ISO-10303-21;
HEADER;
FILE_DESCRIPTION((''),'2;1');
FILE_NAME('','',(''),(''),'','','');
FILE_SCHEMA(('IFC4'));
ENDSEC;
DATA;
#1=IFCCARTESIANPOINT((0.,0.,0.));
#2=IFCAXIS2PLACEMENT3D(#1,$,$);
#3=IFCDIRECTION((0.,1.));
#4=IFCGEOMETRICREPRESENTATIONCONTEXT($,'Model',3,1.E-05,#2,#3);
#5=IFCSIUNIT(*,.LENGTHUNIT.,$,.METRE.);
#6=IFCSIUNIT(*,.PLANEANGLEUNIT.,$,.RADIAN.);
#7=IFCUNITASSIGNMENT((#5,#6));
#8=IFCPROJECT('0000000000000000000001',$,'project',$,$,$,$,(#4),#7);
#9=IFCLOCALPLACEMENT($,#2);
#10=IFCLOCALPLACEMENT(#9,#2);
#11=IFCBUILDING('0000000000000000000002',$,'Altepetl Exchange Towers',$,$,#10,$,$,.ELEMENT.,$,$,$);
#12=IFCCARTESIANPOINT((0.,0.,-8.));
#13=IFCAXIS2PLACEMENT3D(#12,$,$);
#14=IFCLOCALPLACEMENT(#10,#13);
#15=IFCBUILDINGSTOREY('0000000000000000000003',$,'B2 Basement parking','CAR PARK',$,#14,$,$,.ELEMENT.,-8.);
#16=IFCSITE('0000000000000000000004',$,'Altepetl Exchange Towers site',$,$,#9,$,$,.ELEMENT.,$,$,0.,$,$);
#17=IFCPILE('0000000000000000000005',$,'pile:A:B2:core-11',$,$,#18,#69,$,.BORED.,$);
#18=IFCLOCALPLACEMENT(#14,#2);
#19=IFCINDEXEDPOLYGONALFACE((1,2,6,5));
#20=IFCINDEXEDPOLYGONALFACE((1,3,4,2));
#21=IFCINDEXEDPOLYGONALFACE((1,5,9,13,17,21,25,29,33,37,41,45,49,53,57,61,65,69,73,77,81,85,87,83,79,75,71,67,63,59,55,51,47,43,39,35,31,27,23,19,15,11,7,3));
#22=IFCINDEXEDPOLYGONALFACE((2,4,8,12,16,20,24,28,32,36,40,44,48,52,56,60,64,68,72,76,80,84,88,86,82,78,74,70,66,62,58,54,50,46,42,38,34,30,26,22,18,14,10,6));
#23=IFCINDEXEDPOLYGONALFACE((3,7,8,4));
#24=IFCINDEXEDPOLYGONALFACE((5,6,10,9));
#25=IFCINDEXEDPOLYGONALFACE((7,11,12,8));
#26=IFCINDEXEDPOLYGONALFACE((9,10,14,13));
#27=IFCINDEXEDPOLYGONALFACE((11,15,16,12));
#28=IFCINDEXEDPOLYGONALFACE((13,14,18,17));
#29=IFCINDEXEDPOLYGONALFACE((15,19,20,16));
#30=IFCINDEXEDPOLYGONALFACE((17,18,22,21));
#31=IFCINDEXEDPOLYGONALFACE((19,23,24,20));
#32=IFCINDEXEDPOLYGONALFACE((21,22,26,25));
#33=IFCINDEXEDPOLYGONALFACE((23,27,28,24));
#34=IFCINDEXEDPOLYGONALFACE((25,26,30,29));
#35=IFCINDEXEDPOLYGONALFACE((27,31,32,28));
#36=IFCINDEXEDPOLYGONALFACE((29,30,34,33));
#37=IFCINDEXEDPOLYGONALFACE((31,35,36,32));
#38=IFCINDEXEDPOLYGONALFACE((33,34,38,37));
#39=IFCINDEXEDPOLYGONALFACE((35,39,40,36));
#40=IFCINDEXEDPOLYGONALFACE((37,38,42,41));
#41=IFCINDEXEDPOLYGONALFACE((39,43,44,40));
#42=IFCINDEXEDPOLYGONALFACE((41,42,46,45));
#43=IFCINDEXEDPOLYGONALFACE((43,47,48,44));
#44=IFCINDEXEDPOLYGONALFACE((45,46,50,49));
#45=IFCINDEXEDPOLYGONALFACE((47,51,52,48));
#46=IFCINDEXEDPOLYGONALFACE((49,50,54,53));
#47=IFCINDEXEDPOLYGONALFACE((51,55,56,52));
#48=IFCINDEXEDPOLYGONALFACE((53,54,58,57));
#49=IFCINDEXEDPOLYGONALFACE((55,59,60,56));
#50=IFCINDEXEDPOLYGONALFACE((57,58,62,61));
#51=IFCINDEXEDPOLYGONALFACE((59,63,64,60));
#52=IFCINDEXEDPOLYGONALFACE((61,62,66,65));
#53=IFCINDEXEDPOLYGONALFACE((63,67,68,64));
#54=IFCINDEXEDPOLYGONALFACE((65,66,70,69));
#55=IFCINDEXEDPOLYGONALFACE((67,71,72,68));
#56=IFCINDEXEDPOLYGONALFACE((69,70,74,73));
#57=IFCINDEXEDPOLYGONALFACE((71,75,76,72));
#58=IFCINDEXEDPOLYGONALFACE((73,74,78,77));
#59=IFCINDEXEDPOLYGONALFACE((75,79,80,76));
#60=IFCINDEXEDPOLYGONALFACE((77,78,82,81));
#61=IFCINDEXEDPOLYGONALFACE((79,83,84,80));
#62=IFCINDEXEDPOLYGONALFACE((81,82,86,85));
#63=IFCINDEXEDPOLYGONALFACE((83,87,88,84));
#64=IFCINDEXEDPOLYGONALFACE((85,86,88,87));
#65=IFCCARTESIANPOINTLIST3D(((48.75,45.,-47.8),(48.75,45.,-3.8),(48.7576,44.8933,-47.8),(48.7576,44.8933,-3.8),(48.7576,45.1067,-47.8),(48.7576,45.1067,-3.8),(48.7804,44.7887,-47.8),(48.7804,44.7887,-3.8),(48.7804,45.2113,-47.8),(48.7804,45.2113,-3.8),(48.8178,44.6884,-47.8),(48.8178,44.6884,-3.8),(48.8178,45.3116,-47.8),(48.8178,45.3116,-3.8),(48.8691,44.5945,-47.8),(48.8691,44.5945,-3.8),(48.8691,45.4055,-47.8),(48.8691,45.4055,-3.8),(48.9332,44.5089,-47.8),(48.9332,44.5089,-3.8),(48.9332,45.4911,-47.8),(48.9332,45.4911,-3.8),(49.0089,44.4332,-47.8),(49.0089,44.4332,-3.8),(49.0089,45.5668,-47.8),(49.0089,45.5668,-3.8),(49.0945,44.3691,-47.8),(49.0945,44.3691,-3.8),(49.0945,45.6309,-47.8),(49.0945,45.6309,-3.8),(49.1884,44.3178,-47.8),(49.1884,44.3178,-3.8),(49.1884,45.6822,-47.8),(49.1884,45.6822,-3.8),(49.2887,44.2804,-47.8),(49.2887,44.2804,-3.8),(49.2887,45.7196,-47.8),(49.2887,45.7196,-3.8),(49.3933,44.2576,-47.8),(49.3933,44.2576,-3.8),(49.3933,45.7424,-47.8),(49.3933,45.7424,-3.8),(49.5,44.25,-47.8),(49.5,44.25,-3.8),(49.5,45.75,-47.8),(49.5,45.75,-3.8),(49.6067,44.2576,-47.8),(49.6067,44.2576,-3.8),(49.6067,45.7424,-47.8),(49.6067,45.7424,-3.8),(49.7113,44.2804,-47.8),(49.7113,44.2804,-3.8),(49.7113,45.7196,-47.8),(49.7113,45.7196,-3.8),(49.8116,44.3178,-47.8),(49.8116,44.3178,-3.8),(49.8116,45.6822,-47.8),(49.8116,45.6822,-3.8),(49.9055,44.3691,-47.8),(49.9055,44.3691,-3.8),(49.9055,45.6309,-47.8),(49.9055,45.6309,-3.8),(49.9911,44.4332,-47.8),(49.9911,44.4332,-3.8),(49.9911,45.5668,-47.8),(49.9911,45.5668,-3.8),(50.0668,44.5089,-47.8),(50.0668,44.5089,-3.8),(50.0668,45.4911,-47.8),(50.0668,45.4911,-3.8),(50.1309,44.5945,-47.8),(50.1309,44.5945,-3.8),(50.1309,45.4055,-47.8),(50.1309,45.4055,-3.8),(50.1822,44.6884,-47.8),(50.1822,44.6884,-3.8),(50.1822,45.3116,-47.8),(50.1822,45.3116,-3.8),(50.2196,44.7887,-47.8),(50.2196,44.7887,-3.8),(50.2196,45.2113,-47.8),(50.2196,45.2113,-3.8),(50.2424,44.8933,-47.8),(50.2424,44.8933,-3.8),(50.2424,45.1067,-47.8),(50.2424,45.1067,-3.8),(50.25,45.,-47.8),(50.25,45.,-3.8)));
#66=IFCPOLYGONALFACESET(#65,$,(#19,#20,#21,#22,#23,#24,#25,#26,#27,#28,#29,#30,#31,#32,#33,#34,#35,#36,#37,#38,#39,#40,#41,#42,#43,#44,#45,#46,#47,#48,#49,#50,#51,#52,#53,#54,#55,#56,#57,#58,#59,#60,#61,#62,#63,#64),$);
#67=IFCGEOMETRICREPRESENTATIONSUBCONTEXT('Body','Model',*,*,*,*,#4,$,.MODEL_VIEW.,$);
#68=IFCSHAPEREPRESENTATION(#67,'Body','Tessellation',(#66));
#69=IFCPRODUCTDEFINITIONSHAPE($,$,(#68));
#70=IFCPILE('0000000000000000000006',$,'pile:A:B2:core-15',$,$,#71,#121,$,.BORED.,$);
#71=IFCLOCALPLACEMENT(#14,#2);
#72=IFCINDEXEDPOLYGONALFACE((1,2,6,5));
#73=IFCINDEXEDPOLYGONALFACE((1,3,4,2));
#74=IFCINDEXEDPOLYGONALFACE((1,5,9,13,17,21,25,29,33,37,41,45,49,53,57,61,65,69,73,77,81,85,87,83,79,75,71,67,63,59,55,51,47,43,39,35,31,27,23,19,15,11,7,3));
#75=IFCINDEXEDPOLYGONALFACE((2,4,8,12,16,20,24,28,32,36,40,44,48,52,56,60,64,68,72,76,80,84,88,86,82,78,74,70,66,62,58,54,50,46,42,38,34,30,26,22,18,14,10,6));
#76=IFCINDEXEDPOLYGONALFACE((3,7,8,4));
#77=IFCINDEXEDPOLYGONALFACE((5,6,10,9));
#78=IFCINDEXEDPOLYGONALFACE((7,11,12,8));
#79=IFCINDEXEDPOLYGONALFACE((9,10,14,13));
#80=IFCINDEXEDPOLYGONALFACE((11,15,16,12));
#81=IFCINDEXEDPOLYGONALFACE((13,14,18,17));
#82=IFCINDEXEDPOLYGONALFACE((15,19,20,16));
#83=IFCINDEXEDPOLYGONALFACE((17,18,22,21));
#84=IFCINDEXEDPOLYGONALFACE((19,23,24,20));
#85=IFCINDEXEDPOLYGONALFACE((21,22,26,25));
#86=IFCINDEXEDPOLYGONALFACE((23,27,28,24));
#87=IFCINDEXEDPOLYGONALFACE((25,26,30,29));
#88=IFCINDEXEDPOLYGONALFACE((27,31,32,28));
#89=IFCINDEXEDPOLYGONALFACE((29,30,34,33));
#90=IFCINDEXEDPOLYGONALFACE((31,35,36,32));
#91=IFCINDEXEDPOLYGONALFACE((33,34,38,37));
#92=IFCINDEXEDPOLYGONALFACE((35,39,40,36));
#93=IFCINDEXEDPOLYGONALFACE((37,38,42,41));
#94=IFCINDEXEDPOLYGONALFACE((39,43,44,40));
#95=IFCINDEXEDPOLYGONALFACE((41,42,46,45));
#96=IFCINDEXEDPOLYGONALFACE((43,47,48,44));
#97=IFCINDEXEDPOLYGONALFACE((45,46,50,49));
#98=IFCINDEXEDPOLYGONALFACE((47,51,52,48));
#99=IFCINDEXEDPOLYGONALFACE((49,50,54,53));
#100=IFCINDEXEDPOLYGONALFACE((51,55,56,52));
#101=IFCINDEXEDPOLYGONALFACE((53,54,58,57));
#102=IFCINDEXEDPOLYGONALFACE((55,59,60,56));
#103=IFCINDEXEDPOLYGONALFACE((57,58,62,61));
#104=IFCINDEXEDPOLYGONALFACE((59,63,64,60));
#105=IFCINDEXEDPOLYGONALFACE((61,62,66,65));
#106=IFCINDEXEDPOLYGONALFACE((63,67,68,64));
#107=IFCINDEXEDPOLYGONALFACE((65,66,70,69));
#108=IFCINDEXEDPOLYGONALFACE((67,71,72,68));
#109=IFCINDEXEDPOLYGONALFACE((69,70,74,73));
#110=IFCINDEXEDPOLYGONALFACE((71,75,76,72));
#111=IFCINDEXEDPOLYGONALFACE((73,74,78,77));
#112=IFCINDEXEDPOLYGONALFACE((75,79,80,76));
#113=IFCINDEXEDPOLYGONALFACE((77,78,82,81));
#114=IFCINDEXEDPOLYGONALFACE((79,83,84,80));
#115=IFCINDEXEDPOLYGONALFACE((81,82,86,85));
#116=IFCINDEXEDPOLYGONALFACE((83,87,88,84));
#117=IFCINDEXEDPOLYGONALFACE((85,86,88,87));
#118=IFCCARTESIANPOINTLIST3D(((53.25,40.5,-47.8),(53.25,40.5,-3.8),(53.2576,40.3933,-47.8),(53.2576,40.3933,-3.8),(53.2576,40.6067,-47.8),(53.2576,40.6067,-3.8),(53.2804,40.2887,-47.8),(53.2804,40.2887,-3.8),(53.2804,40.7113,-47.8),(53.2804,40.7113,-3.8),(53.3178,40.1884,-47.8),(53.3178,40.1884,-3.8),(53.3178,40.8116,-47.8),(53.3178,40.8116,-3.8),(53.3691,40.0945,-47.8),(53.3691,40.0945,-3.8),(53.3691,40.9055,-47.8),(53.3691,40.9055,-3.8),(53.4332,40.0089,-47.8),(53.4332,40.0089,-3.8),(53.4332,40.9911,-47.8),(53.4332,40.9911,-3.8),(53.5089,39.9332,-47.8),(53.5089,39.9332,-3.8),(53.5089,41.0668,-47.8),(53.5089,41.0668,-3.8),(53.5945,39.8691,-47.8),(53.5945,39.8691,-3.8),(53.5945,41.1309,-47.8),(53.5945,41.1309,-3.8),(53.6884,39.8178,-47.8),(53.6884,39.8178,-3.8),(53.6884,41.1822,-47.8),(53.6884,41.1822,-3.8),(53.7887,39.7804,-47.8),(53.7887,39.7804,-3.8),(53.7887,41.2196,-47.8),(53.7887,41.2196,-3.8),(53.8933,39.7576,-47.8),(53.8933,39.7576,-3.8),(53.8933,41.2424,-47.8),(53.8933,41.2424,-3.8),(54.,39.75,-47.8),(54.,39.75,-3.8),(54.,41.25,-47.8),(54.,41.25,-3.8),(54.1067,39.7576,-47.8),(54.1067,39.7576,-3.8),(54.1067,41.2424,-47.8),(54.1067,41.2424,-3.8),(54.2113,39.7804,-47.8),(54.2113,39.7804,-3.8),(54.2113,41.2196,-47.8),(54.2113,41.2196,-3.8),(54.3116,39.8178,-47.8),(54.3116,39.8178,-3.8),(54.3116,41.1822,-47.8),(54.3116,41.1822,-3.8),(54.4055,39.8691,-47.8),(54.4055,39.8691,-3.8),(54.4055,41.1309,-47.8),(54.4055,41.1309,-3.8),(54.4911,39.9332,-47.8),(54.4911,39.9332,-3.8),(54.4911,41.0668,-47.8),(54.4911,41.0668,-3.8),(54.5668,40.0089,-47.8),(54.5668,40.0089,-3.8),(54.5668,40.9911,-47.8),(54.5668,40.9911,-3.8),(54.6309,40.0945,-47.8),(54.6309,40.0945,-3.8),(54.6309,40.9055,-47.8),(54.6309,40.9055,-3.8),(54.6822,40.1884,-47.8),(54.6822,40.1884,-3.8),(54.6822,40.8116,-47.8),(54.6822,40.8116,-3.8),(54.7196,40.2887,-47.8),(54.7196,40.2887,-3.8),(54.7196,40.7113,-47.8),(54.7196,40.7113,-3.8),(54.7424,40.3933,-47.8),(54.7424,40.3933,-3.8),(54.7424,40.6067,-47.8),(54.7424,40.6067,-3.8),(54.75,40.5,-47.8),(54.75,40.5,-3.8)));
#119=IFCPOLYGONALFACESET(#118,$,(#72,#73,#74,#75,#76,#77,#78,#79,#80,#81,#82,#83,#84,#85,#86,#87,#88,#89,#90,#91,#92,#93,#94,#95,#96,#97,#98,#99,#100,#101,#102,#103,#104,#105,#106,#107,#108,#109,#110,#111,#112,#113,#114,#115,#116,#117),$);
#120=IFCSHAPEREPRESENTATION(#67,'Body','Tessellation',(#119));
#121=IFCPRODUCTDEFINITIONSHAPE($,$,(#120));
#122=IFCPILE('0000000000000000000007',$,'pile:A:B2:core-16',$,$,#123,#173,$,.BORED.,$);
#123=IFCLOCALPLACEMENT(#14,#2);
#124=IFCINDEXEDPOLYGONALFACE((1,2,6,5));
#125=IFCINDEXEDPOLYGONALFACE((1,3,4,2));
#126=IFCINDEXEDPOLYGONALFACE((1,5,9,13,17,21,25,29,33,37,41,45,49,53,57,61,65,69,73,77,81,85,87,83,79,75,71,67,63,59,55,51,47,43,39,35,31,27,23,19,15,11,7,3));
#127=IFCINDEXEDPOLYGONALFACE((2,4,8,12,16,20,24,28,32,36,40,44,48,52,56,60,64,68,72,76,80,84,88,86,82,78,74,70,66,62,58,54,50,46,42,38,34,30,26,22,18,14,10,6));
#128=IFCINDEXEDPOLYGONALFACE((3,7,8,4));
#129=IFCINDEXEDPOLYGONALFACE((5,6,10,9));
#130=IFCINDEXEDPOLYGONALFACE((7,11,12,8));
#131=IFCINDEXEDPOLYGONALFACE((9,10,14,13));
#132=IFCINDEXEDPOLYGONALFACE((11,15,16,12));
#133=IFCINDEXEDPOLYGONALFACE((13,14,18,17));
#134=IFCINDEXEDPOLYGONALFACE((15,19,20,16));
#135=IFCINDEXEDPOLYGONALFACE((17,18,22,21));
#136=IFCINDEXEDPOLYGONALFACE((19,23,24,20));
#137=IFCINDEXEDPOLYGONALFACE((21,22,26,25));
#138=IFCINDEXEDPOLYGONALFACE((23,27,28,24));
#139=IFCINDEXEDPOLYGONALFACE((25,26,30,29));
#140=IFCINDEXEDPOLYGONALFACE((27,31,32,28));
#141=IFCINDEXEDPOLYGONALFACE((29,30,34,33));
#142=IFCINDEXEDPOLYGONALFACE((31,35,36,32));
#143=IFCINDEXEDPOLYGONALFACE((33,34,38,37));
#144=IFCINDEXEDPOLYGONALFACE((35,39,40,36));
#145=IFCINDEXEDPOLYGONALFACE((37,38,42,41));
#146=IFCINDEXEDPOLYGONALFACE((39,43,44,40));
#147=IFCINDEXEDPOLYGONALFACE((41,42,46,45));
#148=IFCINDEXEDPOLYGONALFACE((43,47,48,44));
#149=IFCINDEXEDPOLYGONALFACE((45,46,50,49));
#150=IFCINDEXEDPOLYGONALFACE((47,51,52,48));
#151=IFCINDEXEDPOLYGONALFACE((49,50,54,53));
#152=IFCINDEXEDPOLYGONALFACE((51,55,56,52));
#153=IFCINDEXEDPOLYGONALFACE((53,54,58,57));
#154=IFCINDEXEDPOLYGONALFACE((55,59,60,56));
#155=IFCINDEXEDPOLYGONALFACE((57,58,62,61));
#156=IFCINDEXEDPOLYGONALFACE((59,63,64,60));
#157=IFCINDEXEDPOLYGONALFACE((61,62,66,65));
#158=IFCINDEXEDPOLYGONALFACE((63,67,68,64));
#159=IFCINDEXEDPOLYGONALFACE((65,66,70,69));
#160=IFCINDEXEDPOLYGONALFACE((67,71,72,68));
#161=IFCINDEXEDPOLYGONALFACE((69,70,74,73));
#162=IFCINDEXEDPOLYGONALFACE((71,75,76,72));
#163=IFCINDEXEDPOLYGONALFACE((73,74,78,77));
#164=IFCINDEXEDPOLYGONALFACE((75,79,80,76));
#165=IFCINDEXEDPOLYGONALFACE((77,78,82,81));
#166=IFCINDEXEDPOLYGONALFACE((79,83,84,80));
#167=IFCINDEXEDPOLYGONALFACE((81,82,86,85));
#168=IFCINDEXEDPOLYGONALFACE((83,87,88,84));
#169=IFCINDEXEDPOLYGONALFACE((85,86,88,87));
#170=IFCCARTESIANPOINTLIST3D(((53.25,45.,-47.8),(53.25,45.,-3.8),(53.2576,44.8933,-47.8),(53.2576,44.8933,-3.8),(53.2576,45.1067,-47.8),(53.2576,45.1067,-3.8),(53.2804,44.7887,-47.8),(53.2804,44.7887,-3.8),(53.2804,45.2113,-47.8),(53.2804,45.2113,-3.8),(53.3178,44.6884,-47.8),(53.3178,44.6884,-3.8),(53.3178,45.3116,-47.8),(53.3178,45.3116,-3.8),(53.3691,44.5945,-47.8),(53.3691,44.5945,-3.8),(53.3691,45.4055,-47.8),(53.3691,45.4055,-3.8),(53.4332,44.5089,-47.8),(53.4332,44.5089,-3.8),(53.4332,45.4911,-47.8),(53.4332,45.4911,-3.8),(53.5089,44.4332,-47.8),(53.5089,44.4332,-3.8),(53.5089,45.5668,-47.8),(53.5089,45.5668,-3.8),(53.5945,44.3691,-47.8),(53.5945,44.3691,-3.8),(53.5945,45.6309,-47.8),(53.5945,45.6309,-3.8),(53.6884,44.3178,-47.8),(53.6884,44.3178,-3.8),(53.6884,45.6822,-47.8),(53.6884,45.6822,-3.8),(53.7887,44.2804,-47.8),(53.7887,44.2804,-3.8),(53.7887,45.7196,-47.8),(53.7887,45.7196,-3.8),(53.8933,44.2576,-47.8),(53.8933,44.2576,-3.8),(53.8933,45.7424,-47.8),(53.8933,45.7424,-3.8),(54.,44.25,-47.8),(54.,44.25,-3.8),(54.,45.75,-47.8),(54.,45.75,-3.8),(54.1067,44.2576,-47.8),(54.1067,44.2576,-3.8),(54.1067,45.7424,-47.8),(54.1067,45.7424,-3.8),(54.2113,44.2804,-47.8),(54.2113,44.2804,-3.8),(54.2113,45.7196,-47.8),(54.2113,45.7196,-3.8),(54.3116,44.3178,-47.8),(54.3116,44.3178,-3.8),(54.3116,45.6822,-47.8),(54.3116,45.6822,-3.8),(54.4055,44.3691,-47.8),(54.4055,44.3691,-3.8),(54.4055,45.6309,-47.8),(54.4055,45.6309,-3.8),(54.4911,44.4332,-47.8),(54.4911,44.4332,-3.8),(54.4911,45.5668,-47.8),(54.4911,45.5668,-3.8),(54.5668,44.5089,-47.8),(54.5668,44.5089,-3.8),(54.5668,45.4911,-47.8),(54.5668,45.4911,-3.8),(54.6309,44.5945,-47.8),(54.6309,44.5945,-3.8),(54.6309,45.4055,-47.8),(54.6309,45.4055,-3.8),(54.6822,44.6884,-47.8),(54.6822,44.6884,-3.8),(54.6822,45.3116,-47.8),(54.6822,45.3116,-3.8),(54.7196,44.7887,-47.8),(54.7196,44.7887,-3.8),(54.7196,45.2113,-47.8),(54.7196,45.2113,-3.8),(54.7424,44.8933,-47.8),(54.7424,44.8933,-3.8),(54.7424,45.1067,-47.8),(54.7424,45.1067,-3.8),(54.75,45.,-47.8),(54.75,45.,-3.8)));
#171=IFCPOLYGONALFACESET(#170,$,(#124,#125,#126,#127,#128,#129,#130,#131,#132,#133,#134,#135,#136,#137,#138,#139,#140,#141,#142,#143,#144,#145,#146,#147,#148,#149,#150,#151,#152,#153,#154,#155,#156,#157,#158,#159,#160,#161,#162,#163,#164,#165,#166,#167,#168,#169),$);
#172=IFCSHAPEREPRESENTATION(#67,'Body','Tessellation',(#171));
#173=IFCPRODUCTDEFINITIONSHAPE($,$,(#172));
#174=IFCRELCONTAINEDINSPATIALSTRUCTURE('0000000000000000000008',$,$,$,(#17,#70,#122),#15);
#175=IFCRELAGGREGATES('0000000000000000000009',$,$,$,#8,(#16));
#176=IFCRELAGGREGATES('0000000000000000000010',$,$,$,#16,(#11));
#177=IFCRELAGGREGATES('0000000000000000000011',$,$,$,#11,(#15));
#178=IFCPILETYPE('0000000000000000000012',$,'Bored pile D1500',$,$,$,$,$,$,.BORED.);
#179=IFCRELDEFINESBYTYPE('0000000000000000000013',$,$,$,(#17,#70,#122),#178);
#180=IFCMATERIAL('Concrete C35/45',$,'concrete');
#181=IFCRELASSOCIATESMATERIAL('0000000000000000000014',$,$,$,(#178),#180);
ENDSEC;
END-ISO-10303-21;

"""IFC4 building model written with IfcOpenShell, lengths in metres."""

from ifc_helpers import new_model, si_unit, direction, frame, origin, origin_2d, place, context, subcontext, project, spatial, circle, extrude, material, material_profile, profile_set, type_object, element, save


model = new_model("IFC4")

# Units and contexts
model_context = context("Model", 3, precision=1e-05, world=origin(), true_north=direction((0.0, 1.0)))
body_context = subcontext(model_context, "Body", "Model", "MODEL_VIEW")
ifc_project = project(units=[si_unit("LENGTHUNIT", "METRE"), si_unit("PLANEANGLEUNIT", "RADIAN")], contexts=[model_context])

# Site, building, storey
site_placement = place(None, origin())
site = spatial("IfcSite", under=ifc_project, at=site_placement, Name="Altepetl Exchange Towers site", CompositionType="ELEMENT", RefElevation=0.0)
building_placement = place(site_placement, origin())
building = spatial("IfcBuilding", under=site, at=building_placement, Name="Altepetl Exchange Towers", CompositionType="ELEMENT")
storey_placement = place(building_placement, frame((0.0, 0.0, -8.0)))
storey = spatial("IfcBuildingStorey", under=building, at=storey_placement, Name="B2 Basement parking", Description="CAR PARK", CompositionType="ELEMENT", Elevation=-8.0)

# Piles
ifc_material_1 = material(Name="Concrete C35/45", Category="concrete")
ifc_material_profile = material_profile(ifc_material_1, circle(Radius=0.75, at=origin_2d()), Name="D1500")
ifc_profile_set = profile_set([ifc_material_profile], Name="Concrete C35/45")
pile_type = type_object("IfcPileType", Name="Bored pile D1500", PredefinedType="BORED", material=ifc_profile_set)
for number, where, z_axis, x_axis, name in (
    (1, (49.5, 45.0, -3.8), (0.0, 0.0, -1.0), (1.0, 0.0, 0.0), "pile:A:B2:core-11"),
    (2, (54.0, 40.5, -3.8), (0.0, 0.0, -1.0), (1.0, 0.0, 0.0), "pile:A:B2:core-15"),
    (3, (54.0, 45.0, -3.8), (0.0, 0.0, -1.0), (1.0, 0.0, 0.0), "pile:A:B2:core-16"),
):
    element("IfcPile", number, at=place(storey_placement, frame(where, z_axis=z_axis, x_axis=x_axis)), inside=storey, type_object=pile_type, Name=name, PredefinedType="BORED", context=body_context, shape_type="SweptSolid", body=[
        extrude(circle(Radius=0.75, at=origin_2d()), origin(), (0.0, 0.0, 1.0), 44.0),
    ])

save(model, "model.ifc")
